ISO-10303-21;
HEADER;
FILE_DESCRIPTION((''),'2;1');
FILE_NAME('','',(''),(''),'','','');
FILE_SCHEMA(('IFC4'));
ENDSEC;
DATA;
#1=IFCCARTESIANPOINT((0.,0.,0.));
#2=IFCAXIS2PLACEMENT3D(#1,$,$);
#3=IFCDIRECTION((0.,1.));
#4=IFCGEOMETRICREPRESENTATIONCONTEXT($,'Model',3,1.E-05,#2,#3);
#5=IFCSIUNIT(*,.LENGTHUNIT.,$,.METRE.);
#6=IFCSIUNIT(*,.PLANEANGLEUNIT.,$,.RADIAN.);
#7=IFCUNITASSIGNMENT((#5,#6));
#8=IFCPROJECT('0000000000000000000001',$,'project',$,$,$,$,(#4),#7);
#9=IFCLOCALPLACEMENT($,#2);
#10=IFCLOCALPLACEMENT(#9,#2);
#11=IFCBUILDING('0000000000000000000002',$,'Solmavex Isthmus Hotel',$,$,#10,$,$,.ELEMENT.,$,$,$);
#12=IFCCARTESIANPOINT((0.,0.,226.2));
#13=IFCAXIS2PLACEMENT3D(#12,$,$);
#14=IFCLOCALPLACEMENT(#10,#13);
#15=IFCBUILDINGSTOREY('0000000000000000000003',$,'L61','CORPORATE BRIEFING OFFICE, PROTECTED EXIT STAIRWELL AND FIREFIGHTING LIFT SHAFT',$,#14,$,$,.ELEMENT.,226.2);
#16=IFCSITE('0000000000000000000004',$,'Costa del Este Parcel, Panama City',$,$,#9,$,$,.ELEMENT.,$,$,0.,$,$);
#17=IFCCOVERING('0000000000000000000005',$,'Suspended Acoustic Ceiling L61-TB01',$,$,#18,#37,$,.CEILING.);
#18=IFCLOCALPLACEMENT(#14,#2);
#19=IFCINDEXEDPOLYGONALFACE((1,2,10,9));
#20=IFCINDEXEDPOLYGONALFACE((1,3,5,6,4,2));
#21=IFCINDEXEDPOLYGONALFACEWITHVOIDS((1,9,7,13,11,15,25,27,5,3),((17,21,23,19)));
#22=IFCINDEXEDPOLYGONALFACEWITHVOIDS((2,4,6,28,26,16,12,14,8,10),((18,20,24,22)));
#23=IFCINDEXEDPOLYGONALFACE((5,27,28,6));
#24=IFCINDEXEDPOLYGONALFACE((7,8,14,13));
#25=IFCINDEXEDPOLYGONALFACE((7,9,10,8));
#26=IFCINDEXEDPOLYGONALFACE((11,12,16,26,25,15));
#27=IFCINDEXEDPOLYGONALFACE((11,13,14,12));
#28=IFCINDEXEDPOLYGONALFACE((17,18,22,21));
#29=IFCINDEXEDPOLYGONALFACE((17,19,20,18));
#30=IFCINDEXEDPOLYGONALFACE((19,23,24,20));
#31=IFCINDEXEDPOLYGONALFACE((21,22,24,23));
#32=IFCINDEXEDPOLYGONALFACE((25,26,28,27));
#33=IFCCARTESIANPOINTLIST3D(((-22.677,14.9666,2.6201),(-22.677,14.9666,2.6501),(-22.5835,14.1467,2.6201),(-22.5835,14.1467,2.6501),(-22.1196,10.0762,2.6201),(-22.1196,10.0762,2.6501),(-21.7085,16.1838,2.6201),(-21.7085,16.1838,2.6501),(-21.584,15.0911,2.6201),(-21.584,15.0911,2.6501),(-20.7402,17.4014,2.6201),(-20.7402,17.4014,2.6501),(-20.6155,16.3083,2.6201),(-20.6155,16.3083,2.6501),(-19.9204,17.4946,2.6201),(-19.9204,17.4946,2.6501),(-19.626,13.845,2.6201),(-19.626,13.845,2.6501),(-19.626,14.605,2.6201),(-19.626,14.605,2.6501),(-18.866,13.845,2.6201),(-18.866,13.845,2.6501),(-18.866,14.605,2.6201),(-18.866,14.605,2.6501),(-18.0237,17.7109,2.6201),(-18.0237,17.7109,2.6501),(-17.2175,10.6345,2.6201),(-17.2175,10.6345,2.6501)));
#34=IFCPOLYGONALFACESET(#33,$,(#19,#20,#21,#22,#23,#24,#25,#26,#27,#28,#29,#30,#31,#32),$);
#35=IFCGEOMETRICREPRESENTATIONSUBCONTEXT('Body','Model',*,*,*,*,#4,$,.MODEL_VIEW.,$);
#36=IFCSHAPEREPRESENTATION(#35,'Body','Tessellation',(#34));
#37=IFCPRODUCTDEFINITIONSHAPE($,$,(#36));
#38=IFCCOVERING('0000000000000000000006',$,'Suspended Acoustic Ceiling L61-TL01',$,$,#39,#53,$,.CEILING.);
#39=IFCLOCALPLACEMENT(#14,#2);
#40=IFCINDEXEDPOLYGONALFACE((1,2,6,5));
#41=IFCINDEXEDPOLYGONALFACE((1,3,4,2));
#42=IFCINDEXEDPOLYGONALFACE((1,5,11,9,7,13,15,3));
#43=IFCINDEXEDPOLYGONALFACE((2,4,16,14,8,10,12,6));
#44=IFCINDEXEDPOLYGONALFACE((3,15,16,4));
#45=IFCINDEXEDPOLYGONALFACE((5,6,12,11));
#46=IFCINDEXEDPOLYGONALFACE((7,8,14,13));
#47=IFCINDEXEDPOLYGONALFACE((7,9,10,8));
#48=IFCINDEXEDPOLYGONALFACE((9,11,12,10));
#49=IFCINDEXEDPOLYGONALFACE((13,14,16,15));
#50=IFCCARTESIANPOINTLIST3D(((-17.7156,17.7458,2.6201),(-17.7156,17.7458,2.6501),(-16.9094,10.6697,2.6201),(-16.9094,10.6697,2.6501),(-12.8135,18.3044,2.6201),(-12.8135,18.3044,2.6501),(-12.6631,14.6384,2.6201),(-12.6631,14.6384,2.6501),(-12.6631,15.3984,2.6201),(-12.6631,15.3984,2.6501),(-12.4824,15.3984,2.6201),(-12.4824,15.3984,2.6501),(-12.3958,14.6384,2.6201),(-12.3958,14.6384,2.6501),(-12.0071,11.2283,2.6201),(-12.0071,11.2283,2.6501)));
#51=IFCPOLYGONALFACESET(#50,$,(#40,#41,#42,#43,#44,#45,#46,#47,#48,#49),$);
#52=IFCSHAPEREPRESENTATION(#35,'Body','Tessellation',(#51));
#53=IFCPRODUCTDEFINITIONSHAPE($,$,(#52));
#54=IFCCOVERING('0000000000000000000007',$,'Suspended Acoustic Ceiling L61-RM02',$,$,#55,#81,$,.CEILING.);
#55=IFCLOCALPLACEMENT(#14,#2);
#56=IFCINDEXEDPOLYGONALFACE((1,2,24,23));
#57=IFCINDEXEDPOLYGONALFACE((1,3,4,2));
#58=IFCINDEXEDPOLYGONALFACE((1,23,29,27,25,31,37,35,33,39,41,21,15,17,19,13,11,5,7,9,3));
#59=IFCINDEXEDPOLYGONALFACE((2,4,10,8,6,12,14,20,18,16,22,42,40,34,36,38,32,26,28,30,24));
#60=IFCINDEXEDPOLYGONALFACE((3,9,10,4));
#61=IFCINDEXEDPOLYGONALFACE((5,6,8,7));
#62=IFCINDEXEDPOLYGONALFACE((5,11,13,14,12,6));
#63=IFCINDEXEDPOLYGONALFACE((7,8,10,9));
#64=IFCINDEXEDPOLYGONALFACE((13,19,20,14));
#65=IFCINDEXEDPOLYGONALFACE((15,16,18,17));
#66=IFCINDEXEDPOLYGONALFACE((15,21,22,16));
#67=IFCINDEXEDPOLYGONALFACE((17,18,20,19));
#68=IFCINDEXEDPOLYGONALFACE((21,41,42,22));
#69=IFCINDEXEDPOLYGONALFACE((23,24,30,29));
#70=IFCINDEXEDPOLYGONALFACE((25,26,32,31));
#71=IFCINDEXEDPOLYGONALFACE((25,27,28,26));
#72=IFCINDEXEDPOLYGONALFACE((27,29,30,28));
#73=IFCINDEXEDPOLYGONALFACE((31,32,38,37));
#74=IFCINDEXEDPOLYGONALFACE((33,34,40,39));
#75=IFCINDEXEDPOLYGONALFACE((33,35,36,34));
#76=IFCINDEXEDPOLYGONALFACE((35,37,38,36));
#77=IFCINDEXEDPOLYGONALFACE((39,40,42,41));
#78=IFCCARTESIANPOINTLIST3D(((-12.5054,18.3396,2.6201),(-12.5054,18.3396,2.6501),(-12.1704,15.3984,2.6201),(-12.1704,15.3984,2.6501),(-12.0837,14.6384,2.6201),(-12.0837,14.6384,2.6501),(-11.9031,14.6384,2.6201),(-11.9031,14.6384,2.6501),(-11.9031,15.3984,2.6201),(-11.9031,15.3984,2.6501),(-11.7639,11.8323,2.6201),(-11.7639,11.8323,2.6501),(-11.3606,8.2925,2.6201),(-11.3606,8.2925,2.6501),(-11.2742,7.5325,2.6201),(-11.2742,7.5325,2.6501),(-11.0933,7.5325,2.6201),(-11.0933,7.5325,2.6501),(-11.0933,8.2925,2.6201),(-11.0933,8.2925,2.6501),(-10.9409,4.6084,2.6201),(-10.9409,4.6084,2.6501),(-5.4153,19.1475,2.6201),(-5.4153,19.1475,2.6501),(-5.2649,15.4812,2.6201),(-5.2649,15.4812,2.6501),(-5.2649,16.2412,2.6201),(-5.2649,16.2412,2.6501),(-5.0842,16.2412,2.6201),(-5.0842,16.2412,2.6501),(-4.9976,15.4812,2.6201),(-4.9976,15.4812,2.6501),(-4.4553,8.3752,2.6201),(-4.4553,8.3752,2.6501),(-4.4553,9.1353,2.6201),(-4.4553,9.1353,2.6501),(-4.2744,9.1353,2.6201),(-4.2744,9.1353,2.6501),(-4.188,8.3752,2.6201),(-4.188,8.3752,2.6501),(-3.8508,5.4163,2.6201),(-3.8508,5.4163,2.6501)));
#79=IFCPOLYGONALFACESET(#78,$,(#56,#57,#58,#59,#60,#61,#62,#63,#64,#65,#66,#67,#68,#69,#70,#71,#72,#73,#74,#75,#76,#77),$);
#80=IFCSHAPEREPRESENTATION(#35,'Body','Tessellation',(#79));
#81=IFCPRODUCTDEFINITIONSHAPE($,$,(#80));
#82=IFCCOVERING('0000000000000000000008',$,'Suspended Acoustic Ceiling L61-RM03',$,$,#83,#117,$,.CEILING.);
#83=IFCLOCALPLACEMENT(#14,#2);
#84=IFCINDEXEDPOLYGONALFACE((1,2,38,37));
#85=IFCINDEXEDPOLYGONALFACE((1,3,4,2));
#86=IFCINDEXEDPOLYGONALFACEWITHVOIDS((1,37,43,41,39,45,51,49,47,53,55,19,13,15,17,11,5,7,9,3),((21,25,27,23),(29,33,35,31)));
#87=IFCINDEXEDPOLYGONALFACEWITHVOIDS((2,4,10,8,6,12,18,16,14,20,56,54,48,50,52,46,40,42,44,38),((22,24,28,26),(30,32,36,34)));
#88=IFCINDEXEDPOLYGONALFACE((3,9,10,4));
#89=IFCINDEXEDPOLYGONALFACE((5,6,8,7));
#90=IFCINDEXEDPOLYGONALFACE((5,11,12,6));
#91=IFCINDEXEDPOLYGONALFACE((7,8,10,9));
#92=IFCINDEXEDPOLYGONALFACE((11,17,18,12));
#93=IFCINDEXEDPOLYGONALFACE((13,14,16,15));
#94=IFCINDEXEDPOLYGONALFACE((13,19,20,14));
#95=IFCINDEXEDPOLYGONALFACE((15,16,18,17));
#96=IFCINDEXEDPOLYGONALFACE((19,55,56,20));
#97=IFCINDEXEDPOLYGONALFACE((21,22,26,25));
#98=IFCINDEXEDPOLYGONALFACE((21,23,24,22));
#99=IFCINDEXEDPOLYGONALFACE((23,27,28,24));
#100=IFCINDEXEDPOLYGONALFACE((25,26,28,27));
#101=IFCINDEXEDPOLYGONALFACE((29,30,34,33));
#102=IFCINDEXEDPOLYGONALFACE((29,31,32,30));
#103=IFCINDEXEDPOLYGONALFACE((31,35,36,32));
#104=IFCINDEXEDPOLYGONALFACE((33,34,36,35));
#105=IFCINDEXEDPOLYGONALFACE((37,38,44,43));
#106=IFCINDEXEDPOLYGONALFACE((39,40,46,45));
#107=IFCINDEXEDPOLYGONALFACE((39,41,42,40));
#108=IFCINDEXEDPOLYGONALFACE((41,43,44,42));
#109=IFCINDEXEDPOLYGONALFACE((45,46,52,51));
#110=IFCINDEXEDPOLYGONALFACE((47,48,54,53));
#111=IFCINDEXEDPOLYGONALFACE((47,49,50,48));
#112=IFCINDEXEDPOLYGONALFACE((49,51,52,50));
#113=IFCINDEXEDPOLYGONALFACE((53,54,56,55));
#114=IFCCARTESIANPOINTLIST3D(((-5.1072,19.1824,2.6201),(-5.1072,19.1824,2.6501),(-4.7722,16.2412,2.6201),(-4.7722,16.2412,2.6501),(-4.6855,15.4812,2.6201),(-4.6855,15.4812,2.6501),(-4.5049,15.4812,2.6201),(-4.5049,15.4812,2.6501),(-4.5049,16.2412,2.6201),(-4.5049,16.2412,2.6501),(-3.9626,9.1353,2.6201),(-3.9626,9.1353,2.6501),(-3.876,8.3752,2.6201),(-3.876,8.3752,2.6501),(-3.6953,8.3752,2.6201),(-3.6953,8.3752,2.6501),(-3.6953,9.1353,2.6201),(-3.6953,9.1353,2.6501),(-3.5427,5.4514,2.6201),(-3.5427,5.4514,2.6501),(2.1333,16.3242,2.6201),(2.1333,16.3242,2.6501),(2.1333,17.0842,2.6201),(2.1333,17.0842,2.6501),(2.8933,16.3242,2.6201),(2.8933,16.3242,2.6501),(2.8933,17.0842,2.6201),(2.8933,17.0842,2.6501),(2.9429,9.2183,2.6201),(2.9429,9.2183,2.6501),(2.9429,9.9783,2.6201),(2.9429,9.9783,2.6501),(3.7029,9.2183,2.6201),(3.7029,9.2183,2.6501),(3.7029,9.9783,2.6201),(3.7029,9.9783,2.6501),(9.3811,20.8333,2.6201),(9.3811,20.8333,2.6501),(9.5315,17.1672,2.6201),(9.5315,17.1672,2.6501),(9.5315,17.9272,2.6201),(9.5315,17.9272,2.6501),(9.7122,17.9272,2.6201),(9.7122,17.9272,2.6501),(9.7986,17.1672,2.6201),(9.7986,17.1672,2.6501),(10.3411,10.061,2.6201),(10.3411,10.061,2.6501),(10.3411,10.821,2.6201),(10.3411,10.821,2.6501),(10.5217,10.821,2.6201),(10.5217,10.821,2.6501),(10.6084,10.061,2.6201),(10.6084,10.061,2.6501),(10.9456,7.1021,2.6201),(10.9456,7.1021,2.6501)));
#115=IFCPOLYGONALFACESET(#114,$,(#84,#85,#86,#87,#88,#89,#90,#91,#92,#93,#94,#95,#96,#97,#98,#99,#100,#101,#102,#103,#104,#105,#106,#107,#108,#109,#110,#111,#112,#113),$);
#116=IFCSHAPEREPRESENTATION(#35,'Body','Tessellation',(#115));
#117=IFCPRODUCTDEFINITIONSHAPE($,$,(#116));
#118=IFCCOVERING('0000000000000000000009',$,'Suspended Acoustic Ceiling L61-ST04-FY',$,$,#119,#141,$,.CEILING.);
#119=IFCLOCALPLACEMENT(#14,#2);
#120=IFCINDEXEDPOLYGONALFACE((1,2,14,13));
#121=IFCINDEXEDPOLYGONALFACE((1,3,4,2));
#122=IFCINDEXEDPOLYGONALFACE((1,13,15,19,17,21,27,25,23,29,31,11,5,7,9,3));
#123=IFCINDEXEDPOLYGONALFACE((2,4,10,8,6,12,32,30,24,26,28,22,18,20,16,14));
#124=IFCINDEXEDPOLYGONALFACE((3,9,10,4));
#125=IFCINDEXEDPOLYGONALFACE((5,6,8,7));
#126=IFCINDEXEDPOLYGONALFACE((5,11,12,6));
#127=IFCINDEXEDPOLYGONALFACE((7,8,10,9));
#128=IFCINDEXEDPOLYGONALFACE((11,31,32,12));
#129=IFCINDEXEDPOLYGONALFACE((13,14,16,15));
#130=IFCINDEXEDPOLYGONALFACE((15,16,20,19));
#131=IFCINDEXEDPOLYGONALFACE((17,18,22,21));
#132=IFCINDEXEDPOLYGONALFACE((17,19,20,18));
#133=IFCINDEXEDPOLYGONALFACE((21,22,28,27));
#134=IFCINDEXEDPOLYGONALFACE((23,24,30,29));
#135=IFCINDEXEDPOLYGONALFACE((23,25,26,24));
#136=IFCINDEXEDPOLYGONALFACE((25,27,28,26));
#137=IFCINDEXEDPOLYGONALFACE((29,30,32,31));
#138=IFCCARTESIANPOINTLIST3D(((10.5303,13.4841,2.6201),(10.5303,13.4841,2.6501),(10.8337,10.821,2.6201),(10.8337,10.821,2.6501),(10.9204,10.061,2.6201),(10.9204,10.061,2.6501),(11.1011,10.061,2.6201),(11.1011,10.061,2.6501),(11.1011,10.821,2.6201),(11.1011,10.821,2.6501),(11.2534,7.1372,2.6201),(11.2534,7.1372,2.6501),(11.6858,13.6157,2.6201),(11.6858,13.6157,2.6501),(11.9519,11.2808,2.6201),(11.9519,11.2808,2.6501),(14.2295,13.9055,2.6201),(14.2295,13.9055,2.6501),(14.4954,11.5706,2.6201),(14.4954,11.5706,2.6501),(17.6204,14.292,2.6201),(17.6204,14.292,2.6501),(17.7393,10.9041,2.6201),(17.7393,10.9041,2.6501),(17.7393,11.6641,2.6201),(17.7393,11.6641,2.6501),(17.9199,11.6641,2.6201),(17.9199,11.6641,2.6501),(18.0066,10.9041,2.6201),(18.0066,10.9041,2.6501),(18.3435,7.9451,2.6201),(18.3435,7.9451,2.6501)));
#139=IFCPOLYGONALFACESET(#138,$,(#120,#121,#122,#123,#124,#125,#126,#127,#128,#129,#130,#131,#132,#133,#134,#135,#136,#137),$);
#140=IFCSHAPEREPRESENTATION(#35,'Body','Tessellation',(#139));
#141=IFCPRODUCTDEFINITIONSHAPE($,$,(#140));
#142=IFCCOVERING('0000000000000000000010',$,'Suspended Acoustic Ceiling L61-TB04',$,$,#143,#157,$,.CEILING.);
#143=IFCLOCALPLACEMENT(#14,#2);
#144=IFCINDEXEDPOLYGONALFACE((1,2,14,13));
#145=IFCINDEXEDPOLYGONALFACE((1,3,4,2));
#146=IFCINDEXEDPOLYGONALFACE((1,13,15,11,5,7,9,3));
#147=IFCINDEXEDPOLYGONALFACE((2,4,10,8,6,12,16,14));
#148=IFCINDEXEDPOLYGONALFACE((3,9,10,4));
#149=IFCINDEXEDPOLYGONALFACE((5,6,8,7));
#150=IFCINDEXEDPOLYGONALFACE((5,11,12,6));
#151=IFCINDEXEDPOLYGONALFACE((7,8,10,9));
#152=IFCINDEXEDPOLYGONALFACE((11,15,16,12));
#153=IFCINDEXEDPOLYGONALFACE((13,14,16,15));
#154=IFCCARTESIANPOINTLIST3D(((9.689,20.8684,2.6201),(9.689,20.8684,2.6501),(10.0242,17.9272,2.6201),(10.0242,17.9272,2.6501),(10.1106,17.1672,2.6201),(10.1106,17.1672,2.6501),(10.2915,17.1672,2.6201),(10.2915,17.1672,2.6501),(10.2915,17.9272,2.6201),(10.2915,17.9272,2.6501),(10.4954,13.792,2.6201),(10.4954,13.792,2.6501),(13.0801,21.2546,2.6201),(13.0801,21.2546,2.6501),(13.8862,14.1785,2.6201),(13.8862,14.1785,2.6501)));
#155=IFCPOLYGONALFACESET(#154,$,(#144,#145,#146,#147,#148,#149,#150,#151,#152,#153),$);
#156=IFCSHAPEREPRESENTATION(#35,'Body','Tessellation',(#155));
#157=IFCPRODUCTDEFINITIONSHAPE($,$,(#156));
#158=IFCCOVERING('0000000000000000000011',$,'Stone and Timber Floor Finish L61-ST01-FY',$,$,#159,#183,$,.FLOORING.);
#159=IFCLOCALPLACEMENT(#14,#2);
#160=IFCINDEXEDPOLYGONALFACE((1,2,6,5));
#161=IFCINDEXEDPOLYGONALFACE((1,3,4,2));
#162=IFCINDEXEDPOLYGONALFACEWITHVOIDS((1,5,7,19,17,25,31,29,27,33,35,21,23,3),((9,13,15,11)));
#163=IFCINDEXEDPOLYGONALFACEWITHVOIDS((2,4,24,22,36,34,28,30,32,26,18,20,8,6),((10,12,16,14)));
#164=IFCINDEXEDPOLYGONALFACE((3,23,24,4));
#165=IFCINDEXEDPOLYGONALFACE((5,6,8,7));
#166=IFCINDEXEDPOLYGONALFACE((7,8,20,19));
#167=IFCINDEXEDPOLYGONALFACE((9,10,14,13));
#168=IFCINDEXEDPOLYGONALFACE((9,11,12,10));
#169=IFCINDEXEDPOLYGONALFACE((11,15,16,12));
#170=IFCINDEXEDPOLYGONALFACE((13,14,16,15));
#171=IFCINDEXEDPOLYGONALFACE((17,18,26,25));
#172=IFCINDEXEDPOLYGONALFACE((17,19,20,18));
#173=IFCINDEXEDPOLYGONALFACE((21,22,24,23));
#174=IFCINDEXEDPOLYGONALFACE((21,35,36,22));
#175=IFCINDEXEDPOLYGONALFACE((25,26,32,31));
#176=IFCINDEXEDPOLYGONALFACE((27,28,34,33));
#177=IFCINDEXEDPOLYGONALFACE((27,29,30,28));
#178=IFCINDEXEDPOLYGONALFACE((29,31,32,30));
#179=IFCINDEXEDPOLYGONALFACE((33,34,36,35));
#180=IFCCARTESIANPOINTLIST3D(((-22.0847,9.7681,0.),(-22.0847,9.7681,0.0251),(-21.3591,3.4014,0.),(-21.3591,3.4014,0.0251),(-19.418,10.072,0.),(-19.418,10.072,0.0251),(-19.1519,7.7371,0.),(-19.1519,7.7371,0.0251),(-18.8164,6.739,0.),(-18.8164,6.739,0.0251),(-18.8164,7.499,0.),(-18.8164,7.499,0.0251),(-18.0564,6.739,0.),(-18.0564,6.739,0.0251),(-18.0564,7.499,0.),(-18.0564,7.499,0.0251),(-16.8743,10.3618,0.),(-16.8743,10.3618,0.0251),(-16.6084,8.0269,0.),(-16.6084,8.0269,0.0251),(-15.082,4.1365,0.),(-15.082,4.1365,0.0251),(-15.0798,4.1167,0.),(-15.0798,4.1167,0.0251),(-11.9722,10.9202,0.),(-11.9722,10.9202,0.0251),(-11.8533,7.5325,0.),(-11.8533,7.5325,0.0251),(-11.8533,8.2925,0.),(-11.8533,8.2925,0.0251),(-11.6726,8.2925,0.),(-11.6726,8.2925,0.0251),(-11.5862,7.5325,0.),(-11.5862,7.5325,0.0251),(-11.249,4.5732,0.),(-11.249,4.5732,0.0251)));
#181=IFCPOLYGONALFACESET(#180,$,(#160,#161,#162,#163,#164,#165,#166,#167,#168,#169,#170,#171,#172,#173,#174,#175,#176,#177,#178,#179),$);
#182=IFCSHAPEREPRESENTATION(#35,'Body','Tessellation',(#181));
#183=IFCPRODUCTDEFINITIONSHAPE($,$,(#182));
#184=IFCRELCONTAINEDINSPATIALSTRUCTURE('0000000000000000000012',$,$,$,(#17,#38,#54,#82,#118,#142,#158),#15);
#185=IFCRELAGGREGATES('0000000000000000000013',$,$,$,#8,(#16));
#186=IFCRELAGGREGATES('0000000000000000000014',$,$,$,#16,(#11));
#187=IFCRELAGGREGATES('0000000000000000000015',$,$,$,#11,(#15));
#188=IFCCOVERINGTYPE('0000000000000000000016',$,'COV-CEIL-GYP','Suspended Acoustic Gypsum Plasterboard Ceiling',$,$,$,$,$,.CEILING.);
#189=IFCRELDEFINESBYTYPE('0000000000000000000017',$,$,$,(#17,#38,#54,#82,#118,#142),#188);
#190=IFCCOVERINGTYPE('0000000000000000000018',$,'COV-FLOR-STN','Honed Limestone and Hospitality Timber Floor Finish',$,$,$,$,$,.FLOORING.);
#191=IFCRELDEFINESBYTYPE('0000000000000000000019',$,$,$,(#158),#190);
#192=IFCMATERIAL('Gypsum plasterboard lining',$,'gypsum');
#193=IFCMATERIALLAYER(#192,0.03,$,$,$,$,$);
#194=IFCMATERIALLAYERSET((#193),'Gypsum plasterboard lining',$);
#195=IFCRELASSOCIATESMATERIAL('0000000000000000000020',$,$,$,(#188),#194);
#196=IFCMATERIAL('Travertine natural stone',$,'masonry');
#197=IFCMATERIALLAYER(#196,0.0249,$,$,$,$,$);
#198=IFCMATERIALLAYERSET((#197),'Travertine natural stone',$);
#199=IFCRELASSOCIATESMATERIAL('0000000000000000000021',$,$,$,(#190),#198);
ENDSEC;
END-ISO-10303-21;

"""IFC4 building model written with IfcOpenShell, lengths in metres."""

from ifc_helpers import new_model, si_unit, direction, frame, origin, place, context, subcontext, project, spatial, polyline, outline, extrude, material, layer, layer_set, type_object, element, save


model = new_model("IFC4")

# Units and contexts
model_context = context("Model", 3, precision=1e-05, world=origin(), true_north=direction((0.0, 1.0)))
body_context = subcontext(model_context, "Body", "Model", "MODEL_VIEW")
ifc_project = project(units=[si_unit("LENGTHUNIT", "METRE"), si_unit("PLANEANGLEUNIT", "RADIAN")], contexts=[model_context])

# Site, building, storey
site_placement = place(None, origin())
site = spatial("IfcSite", under=ifc_project, at=site_placement, Name="Costa del Este Parcel, Panama City", CompositionType="ELEMENT", RefElevation=0.0)
building_placement = place(site_placement, origin())
building = spatial("IfcBuilding", under=site, at=building_placement, Name="Solmavex Isthmus Hotel", CompositionType="ELEMENT")
storey_placement = place(building_placement, frame((0.0, 0.0, 226.2)))
storey = spatial("IfcBuildingStorey", under=building, at=storey_placement, Name="L61", Description="CORPORATE BRIEFING OFFICE, PROTECTED EXIT STAIRWELL AND FIREFIGHTING LIFT SHAFT", CompositionType="ELEMENT", Elevation=226.2)

# Shared definitions
ifc_material_1 = material(Name="Gypsum plasterboard lining", Category="gypsum")

# Coverings
ifc_layer_1 = layer(ifc_material_1, 0.03)
ifc_layer_set_1 = layer_set([ifc_layer_1], Name="Gypsum plasterboard lining")
covering_type_1 = type_object("IfcCoveringType", Name="COV-CEIL-GYP", Description="Suspended Acoustic Gypsum Plasterboard Ceiling", PredefinedType="CEILING", material=ifc_layer_set_1)
covering_1_placement = place(storey_placement, frame((0.0, 0.0, 2.6201)))
element("IfcCovering", 1, at=covering_1_placement, inside=storey, type_object=covering_type_1, Name="Suspended Acoustic Ceiling L61-TB01", PredefinedType="CEILING", context=body_context, shape_type="SweptSolid", body=[
    extrude(outline(polyline([(-22.677, 14.9666), (-22.5835, 14.1467), (-22.1196, 10.0762), (-17.2175, 10.6345), (-18.0237, 17.7109), (-19.9204, 17.4946), (-20.7402, 17.4014), (-20.6155, 16.3083), (-21.7085, 16.1838), (-21.584, 15.0911), (-22.677, 14.9666)]), holes=[polyline([(-19.626, 13.845), (-19.626, 14.605), (-18.866, 14.605), (-18.866, 13.845), (-19.626, 13.845)])]), origin(), (0.0, 0.0, 1.0), 0.03),
])
covering_2_placement = place(storey_placement, frame((0.0, 0.0, 2.6201)))
element("IfcCovering", 2, at=covering_2_placement, inside=storey, type_object=covering_type_1, Name="Suspended Acoustic Ceiling L61-TL01", PredefinedType="CEILING", context=body_context, shape_type="SweptSolid", body=[
    extrude(outline(polyline([(-12.3958, 14.6384), (-12.6631, 14.6384), (-12.6631, 15.3984), (-12.4824, 15.3984), (-12.8135, 18.3044), (-17.7156, 17.7458), (-16.9094, 10.6697), (-12.0071, 11.2283), (-12.3958, 14.6384)])), origin(), (0.0, 0.0, 1.0), 0.03),
])
covering_3_placement = place(storey_placement, frame((0.0, 0.0, 2.6201)))
element("IfcCovering", 3, at=covering_3_placement, inside=storey, type_object=covering_type_1, Name="Suspended Acoustic Ceiling L61-RM02", PredefinedType="CEILING", context=body_context, shape_type="SweptSolid", body=[
    extrude(outline(polyline([(-11.3606, 8.2925), (-11.0933, 8.2925), (-11.0933, 7.5325), (-11.2742, 7.5325), (-10.9409, 4.6084), (-3.8508, 5.4163), (-4.188, 8.3752), (-4.4553, 8.3752), (-4.4553, 9.1353), (-4.2744, 9.1353), (-4.9976, 15.4812), (-5.2649, 15.4812), (-5.2649, 16.2412), (-5.0842, 16.2412), (-5.4153, 19.1475), (-12.5054, 18.3396), (-12.1704, 15.3984), (-11.9031, 15.3984), (-11.9031, 14.6384), (-12.0837, 14.6384), (-11.7639, 11.8323), (-11.3606, 8.2925)])), origin(), (0.0, 0.0, 1.0), 0.03),
])
covering_4_placement = place(storey_placement, frame((0.0, 0.0, 2.6201)))
element("IfcCovering", 4, at=covering_4_placement, inside=storey, type_object=covering_type_1, Name="Suspended Acoustic Ceiling L61-RM03", PredefinedType="CEILING", context=body_context, shape_type="SweptSolid", body=[
    extrude(outline(polyline([(-3.9626, 9.1353), (-3.6953, 9.1353), (-3.6953, 8.3752), (-3.876, 8.3752), (-3.5427, 5.4514), (10.9456, 7.1021), (10.6084, 10.061), (10.3411, 10.061), (10.3411, 10.821), (10.5217, 10.821), (9.7986, 17.1672), (9.5315, 17.1672), (9.5315, 17.9272), (9.7122, 17.9272), (9.3811, 20.8333), (-5.1072, 19.1824), (-4.7722, 16.2412), (-4.5049, 16.2412), (-4.5049, 15.4812), (-4.6855, 15.4812), (-3.9626, 9.1353)]), holes=[polyline([(2.9429, 9.2183), (2.9429, 9.9783), (3.7029, 9.9783), (3.7029, 9.2183), (2.9429, 9.2183)]), polyline([(2.1333, 16.3242), (2.1333, 17.0842), (2.8933, 17.0842), (2.8933, 16.3242), (2.1333, 16.3242)])]), origin(), (0.0, 0.0, 1.0), 0.03),
])
covering_5_placement = place(storey_placement, frame((0.0, 0.0, 2.6201)))
element("IfcCovering", 5, at=covering_5_placement, inside=storey, type_object=covering_type_1, Name="Suspended Acoustic Ceiling L61-ST04-FY", PredefinedType="CEILING", context=body_context, shape_type="SweptSolid", body=[
    extrude(outline(polyline([(11.6858, 13.6157), (10.5303, 13.4841), (10.8337, 10.821), (11.1011, 10.821), (11.1011, 10.061), (10.9204, 10.061), (11.2534, 7.1372), (18.3435, 7.9451), (18.0066, 10.9041), (17.7393, 10.9041), (17.7393, 11.6641), (17.9199, 11.6641), (17.6204, 14.292), (14.2295, 13.9055), (14.4954, 11.5706), (11.9519, 11.2808), (11.6858, 13.6157)])), origin(), (0.0, 0.0, 1.0), 0.03),
])
covering_6_placement = place(storey_placement, frame((0.0, 0.0, 2.6201)))
element("IfcCovering", 6, at=covering_6_placement, inside=storey, type_object=covering_type_1, Name="Suspended Acoustic Ceiling L61-TB04", PredefinedType="CEILING", context=body_context, shape_type="SweptSolid", body=[
    extrude(outline(polyline([(10.0242, 17.9272), (10.2915, 17.9272), (10.2915, 17.1672), (10.1106, 17.1672), (10.4954, 13.792), (13.8862, 14.1785), (13.0801, 21.2546), (9.689, 20.8684), (10.0242, 17.9272)])), origin(), (0.0, 0.0, 1.0), 0.03),
])
ifc_material_2 = material(Name="Travertine natural stone", Category="masonry")
ifc_layer_2 = layer(ifc_material_2, 0.0249)
ifc_layer_set_2 = layer_set([ifc_layer_2], Name="Travertine natural stone")
covering_type_2 = type_object("IfcCoveringType", Name="COV-FLOR-STN", Description="Honed Limestone and Hospitality Timber Floor Finish", PredefinedType="FLOORING", material=ifc_layer_set_2)
covering_7_placement = place(storey_placement, origin())
element("IfcCovering", 7, at=covering_7_placement, inside=storey, type_object=covering_type_2, Name="Stone and Timber Floor Finish L61-ST01-FY", PredefinedType="FLOORING", context=body_context, shape_type="SweptSolid", body=[
    extrude(outline(polyline([(-15.0798, 4.1167), (-15.082, 4.1365), (-11.249, 4.5732), (-11.5862, 7.5325), (-11.8533, 7.5325), (-11.8533, 8.2925), (-11.6726, 8.2925), (-11.9722, 10.9202), (-16.8743, 10.3618), (-16.6084, 8.0269), (-19.1519, 7.7371), (-19.418, 10.072), (-22.0847, 9.7681), (-21.3591, 3.4014), (-15.0798, 4.1167)]), holes=[polyline([(-18.8164, 6.739), (-18.8164, 7.499), (-18.0564, 7.499), (-18.0564, 6.739), (-18.8164, 6.739)])]), origin(), (0.0, 0.0, 1.0), 0.0251),
])

save(model, "model.ifc")
